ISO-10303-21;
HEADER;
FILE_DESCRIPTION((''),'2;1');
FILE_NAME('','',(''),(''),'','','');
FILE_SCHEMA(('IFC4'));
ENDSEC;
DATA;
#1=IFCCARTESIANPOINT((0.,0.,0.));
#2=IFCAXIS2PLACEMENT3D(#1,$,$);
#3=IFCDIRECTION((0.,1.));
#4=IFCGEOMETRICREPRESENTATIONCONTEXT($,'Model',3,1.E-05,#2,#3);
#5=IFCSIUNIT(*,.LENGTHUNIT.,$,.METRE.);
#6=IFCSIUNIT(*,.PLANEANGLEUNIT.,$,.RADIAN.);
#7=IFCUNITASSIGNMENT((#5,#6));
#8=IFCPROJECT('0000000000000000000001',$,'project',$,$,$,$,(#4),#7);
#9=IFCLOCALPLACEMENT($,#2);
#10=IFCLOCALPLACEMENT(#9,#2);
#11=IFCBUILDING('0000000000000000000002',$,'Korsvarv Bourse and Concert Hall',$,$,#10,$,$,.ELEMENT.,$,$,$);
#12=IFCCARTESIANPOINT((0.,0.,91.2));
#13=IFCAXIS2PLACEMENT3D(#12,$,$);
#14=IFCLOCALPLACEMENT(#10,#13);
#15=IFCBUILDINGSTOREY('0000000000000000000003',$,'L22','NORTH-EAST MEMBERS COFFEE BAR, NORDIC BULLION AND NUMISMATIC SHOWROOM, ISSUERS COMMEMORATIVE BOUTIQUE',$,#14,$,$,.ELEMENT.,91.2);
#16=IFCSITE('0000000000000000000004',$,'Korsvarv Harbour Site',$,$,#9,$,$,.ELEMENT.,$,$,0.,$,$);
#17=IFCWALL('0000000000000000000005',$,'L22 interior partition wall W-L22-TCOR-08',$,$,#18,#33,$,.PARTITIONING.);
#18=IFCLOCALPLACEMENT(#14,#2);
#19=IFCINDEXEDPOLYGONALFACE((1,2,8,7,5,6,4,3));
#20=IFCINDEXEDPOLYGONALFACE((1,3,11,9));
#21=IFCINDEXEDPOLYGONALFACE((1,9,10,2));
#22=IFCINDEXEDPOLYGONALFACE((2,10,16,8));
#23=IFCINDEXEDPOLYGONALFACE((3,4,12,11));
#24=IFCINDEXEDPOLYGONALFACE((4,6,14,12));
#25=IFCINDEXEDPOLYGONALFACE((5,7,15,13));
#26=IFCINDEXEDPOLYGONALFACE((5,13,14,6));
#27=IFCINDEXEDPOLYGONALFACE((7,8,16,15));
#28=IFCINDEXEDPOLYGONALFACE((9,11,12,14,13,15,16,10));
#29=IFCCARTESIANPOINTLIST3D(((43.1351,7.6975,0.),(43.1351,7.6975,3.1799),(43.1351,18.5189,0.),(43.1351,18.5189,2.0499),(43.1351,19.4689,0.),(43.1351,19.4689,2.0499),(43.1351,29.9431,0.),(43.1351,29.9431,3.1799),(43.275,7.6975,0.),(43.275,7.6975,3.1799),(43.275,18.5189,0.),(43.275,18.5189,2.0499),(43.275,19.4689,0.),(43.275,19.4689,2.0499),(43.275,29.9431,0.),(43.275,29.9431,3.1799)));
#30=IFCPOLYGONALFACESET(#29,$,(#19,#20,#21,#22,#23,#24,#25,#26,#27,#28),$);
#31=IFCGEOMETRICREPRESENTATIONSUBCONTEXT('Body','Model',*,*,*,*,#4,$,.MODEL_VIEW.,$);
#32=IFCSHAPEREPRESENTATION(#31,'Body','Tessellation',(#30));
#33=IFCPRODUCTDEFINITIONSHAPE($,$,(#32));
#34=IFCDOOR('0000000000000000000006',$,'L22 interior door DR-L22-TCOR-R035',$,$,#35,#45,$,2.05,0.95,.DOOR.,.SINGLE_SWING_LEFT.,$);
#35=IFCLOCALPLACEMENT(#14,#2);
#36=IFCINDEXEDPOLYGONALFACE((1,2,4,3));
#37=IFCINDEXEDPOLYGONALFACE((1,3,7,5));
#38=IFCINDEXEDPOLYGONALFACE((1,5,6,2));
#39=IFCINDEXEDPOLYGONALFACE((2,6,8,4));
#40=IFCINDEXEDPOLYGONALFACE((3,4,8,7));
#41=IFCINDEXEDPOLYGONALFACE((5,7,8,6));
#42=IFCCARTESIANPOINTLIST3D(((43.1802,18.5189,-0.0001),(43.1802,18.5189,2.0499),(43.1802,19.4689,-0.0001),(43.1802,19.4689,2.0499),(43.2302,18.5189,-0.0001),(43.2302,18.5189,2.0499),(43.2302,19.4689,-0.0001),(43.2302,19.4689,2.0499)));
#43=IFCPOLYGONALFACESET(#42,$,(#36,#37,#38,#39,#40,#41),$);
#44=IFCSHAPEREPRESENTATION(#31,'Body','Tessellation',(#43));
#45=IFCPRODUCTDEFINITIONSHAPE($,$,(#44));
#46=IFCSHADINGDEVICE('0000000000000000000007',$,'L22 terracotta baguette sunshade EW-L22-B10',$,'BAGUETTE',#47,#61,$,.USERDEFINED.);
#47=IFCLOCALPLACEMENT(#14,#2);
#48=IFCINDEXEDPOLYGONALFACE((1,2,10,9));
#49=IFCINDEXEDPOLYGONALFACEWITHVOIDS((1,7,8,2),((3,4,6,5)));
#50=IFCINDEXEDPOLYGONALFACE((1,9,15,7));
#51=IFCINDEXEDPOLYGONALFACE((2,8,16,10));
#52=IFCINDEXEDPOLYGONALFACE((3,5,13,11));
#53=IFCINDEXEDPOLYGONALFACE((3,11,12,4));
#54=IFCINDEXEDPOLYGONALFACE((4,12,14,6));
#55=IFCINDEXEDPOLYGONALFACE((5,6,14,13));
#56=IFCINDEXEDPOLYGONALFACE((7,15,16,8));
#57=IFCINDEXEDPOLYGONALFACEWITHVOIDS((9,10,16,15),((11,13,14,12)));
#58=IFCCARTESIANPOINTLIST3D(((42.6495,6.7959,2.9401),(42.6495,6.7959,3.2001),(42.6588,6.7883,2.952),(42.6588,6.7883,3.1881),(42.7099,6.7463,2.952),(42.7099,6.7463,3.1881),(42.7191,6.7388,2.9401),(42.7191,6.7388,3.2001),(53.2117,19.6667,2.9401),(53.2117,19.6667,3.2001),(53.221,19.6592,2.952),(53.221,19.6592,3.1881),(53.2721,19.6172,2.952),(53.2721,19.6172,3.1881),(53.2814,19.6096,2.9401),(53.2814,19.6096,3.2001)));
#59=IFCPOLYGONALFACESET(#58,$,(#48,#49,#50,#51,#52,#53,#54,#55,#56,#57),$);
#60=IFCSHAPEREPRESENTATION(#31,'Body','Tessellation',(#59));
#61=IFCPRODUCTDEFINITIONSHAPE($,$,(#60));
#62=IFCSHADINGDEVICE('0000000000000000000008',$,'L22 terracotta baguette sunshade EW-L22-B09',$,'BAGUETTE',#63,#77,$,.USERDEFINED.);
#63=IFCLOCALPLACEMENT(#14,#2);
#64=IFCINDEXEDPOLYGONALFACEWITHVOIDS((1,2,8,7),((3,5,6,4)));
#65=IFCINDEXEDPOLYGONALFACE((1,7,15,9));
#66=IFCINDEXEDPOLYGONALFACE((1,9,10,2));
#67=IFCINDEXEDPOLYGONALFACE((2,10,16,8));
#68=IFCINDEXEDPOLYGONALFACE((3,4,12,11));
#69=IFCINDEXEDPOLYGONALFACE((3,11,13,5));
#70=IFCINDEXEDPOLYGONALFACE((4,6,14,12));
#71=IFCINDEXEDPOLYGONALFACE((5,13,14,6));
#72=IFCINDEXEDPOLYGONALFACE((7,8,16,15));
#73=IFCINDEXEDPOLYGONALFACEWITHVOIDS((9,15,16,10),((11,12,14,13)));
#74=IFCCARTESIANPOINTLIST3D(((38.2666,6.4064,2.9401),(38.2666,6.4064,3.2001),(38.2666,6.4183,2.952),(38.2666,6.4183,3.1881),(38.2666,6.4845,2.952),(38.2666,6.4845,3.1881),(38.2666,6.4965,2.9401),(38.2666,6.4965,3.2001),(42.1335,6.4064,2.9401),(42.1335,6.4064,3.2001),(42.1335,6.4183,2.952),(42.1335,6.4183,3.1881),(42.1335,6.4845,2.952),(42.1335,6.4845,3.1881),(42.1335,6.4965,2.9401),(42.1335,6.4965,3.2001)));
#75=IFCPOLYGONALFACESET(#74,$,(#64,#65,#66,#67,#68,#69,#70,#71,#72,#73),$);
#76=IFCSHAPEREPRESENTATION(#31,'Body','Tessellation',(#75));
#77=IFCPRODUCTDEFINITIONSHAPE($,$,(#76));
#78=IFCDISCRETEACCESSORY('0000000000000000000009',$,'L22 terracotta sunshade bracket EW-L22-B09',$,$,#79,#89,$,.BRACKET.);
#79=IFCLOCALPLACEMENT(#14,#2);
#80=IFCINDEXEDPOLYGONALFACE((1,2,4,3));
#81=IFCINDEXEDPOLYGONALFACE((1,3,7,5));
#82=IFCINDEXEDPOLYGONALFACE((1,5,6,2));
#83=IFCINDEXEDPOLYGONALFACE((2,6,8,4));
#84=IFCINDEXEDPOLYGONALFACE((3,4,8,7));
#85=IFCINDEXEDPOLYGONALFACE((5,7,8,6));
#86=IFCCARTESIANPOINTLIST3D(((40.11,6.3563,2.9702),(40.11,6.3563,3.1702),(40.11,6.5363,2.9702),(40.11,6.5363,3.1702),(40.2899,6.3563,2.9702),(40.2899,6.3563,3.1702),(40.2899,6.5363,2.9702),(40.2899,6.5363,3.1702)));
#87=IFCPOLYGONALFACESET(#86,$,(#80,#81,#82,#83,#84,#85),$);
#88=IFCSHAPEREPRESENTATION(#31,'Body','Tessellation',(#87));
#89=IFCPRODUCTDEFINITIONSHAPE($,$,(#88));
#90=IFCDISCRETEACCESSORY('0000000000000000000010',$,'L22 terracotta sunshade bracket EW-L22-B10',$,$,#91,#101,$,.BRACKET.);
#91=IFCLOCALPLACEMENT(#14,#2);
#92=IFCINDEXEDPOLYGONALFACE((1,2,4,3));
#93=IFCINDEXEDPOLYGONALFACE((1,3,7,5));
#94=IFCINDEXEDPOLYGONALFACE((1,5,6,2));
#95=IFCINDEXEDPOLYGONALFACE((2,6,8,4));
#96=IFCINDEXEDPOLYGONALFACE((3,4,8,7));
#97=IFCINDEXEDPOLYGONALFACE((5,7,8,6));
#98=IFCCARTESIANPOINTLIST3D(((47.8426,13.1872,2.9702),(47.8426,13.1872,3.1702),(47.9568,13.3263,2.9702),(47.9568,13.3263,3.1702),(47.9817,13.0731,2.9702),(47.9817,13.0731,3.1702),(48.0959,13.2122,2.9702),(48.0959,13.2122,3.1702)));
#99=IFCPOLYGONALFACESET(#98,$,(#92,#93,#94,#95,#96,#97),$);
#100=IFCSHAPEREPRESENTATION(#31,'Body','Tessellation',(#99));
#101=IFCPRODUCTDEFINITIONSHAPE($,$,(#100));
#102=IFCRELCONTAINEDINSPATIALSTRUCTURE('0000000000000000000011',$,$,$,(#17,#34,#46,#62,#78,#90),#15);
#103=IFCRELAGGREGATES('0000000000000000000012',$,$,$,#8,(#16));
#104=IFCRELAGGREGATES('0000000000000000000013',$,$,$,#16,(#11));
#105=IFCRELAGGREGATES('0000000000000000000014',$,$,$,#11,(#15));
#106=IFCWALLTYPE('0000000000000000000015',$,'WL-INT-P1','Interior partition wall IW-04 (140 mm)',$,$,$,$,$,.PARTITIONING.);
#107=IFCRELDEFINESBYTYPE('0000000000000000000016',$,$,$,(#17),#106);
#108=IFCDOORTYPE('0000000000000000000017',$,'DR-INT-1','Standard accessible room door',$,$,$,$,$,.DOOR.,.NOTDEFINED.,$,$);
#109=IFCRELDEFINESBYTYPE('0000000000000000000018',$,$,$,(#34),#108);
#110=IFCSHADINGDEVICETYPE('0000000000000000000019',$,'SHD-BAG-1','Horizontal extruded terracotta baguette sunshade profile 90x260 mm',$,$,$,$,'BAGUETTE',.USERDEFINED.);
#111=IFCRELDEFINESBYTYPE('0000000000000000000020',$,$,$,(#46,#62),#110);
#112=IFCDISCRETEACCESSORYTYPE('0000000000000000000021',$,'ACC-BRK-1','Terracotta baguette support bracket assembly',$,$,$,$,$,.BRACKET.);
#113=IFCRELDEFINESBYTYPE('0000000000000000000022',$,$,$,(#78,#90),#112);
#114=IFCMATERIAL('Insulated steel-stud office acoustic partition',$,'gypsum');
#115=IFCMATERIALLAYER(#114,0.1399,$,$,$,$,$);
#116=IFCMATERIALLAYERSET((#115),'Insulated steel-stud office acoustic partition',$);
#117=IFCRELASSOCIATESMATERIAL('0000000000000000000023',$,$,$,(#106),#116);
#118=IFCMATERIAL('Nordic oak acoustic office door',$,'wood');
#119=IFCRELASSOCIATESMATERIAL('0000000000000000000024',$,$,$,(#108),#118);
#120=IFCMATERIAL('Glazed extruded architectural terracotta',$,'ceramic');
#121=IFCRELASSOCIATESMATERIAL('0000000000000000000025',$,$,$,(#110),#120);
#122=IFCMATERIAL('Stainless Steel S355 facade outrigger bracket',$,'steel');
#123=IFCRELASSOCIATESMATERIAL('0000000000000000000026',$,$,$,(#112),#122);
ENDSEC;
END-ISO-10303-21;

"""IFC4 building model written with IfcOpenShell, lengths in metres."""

from ifc_helpers import new_model, si_unit, direction, frame, frame_2d, origin, origin_2d, place, context, subcontext, project, spatial, rectangle, hollow_rectangle, extrude, source, transform, mapped, material, layer, layer_set, material_profile, profile_set, type_object, element, fill, save


model = new_model("IFC4")

# Units and contexts
model_context = context("Model", 3, precision=1e-05, world=origin(), true_north=direction((0.0, 1.0)))
body_context = subcontext(model_context, "Body", "Model", "MODEL_VIEW")
ifc_project = project(units=[si_unit("LENGTHUNIT", "METRE"), si_unit("PLANEANGLEUNIT", "RADIAN")], contexts=[model_context])

# Site, building, storey
site_placement = place(None, origin())
site = spatial("IfcSite", under=ifc_project, at=site_placement, Name="Korsvarv Harbour Site", CompositionType="ELEMENT", RefElevation=0.0)
building_placement = place(site_placement, origin())
building = spatial("IfcBuilding", under=site, at=building_placement, Name="Korsvarv Bourse and Concert Hall", CompositionType="ELEMENT")
storey_placement = place(building_placement, frame((0.0, 0.0, 91.2)))
storey = spatial("IfcBuildingStorey", under=building, at=storey_placement, Name="L22", Description="NORTH-EAST MEMBERS COFFEE BAR, NORDIC BULLION AND NUMISMATIC SHOWROOM, ISSUERS COMMEMORATIVE BOUTIQUE", CompositionType="ELEMENT", Elevation=91.2)

# Wall, opening, door
ifc_material_1 = material(Name="Insulated steel-stud office acoustic partition", Category="gypsum")
ifc_layer_1 = layer(ifc_material_1, 0.1399)
ifc_layer_set_1 = layer_set([ifc_layer_1], Name="Insulated steel-stud office acoustic partition")
wall_type_1 = type_object("IfcWallType", Name="WL-INT-P1", Description="Interior partition wall IW-04 (140 mm)", PredefinedType="PARTITIONING", material=ifc_layer_set_1)
wall_1_placement = place(storey_placement, frame((43.2051, 7.6975, 0.0), z_axis=(0.0, 0.0, 1.0), x_axis=(0.0, 1.0, 0.0)))
wall_1 = element("IfcWall", 1, at=wall_1_placement, inside=storey, type_object=wall_type_1, Name="L22 interior partition wall W-L22-TCOR-08", PredefinedType="PARTITIONING", context=body_context, shape_type="SweptSolid", body=[
    extrude(rectangle(XDim=22.2456, YDim=0.1399, at=frame_2d((11.1228, 0.0))), origin(), (0.0, 0.0, 1.0), 3.1799),
])
opening_1_placement = place(wall_1_placement, frame((10.8213, 0.0, 0.0)))
opening_1 = element("IfcOpeningElement", 2, at=opening_1_placement, cuts=wall_1, PredefinedType="OPENING", context=body_context, shape_type="SweptSolid", body=[
    extrude(rectangle(XDim=0.95, YDim=2.05, at=frame_2d((0.4751, 1.0249))), frame((0.0, 0.0801, 0.0), z_axis=(0.0, -1.0, 0.0), x_axis=(1.0, 0.0, 0.0)), (0.0, 0.0, 1.0), 0.1599),
])
ifc_material_2 = material(Name="Nordic oak acoustic office door", Category="wood")
door_type = type_object("IfcDoorType", Name="DR-INT-1", Description="Standard accessible room door", OperationType="NOTDEFINED", PredefinedType="DOOR", material=ifc_material_2)
door_placement = place(opening_1_placement, origin())
door = element("IfcDoor", 3, at=door_placement, inside=storey, type_object=door_type, Name="L22 interior door DR-L22-TCOR-R035", OperationType="SINGLE_SWING_LEFT", OverallHeight=2.05, OverallWidth=0.95, PredefinedType="DOOR", context=body_context, shape_type="SweptSolid", body=[
    extrude(rectangle(XDim=0.95, YDim=2.05, at=frame_2d((0.4751, 1.0249))), frame((0.0, 0.0249, 0.0), z_axis=(0.0, -1.0, 0.0), x_axis=(1.0, 0.0, 0.0)), (0.0, 0.0, 1.0), 0.05),
])
fill(opening_1, door)

# Shading devices
ifc_material_3 = material(Name="Glazed extruded architectural terracotta", Category="ceramic")
ifc_material_profile_1 = material_profile(ifc_material_3, hollow_rectangle(XDim=0.0901, YDim=0.26, WallThickness=0.012, at=origin_2d()), Name="TC-BAG 90x260")
ifc_profile_set_1 = profile_set([ifc_material_profile_1], Name="Glazed extruded architectural terracotta")
shading_device_type = type_object("IfcShadingDeviceType", Name="SHD-BAG-1", Description="Horizontal extruded terracotta baguette sunshade profile 90x260 mm", ElementType="BAGUETTE", PredefinedType="USERDEFINED", material=ifc_profile_set_1)
shared_shape_1 = source(origin(), body_context, "Body", "SweptSolid", [
    extrude(hollow_rectangle(XDim=0.0901, YDim=0.26, WallThickness=0.012, at=origin_2d()), origin(), (0.0, 0.0, 1.0), 16.6499),
])
shading_device_1_placement = place(storey_placement, frame((42.6843, 6.7673, 3.0701), z_axis=(0.634373, 0.773027, 0.0), x_axis=(-0.773027, 0.634373, 0.0)))
element("IfcShadingDevice", 4, at=shading_device_1_placement, inside=storey, type_object=shading_device_type, Name="L22 terracotta baguette sunshade EW-L22-B10", ObjectType="BAGUETTE", PredefinedType="USERDEFINED", context=body_context, shape_type="MappedRepresentation", body=[
    mapped(shared_shape_1, transform((0.0, 0.0, 0.0), scale=1.0)),
])
shared_shape_2 = source(origin(), body_context, "Body", "SweptSolid", [
    extrude(hollow_rectangle(XDim=0.0901, YDim=0.26, WallThickness=0.012, at=origin_2d()), origin(), (0.0, 0.0, 1.0), 3.8669),
])
shading_device_2_placement = place(storey_placement, frame((38.2666, 6.4514, 3.0701), z_axis=(1.0, 0.0, 0.0), x_axis=(0.0, 1.0, 0.0)))
element("IfcShadingDevice", 5, at=shading_device_2_placement, inside=storey, type_object=shading_device_type, Name="L22 terracotta baguette sunshade EW-L22-B09", ObjectType="BAGUETTE", PredefinedType="USERDEFINED", context=body_context, shape_type="MappedRepresentation", body=[
    mapped(shared_shape_2, transform((0.0, 0.0, 0.0), scale=1.0)),
])

# Discrete accessories
ifc_material_4 = material(Name="Stainless Steel S355 facade outrigger bracket", Category="steel")
discrete_accessory_type = type_object("IfcDiscreteAccessoryType", Name="ACC-BRK-1", Description="Terracotta baguette support bracket assembly", PredefinedType="BRACKET", material=ifc_material_4)
shared_shape_3 = source(origin(), body_context, "Body", "SweptSolid", [
    extrude(rectangle(XDim=0.1799, YDim=0.1799, at=origin_2d()), origin(), (0.0, 0.0, 1.0), 0.2),
])
for number, where, z_axis, x_axis, name in (
    (6, (40.2, 6.4463, 2.9702), (0.0, 0.0, 1.0), (1.0, 0.0, 0.0), "L22 terracotta sunshade bracket EW-L22-B09"),
    (7, (47.9692, 13.1997, 2.9702), (0.0, 0.0, 1.0), (0.634326, 0.773066, 0.0), "L22 terracotta sunshade bracket EW-L22-B10"),
):
    element("IfcDiscreteAccessory", number, at=place(storey_placement, frame(where, z_axis=z_axis, x_axis=x_axis)), inside=storey, type_object=discrete_accessory_type, Name=name, PredefinedType="BRACKET", context=body_context, shape_type="MappedRepresentation", body=[
        mapped(shared_shape_3, transform((0.0, 0.0, 0.0), scale=1.0)),
    ])

save(model, "model.ifc")
